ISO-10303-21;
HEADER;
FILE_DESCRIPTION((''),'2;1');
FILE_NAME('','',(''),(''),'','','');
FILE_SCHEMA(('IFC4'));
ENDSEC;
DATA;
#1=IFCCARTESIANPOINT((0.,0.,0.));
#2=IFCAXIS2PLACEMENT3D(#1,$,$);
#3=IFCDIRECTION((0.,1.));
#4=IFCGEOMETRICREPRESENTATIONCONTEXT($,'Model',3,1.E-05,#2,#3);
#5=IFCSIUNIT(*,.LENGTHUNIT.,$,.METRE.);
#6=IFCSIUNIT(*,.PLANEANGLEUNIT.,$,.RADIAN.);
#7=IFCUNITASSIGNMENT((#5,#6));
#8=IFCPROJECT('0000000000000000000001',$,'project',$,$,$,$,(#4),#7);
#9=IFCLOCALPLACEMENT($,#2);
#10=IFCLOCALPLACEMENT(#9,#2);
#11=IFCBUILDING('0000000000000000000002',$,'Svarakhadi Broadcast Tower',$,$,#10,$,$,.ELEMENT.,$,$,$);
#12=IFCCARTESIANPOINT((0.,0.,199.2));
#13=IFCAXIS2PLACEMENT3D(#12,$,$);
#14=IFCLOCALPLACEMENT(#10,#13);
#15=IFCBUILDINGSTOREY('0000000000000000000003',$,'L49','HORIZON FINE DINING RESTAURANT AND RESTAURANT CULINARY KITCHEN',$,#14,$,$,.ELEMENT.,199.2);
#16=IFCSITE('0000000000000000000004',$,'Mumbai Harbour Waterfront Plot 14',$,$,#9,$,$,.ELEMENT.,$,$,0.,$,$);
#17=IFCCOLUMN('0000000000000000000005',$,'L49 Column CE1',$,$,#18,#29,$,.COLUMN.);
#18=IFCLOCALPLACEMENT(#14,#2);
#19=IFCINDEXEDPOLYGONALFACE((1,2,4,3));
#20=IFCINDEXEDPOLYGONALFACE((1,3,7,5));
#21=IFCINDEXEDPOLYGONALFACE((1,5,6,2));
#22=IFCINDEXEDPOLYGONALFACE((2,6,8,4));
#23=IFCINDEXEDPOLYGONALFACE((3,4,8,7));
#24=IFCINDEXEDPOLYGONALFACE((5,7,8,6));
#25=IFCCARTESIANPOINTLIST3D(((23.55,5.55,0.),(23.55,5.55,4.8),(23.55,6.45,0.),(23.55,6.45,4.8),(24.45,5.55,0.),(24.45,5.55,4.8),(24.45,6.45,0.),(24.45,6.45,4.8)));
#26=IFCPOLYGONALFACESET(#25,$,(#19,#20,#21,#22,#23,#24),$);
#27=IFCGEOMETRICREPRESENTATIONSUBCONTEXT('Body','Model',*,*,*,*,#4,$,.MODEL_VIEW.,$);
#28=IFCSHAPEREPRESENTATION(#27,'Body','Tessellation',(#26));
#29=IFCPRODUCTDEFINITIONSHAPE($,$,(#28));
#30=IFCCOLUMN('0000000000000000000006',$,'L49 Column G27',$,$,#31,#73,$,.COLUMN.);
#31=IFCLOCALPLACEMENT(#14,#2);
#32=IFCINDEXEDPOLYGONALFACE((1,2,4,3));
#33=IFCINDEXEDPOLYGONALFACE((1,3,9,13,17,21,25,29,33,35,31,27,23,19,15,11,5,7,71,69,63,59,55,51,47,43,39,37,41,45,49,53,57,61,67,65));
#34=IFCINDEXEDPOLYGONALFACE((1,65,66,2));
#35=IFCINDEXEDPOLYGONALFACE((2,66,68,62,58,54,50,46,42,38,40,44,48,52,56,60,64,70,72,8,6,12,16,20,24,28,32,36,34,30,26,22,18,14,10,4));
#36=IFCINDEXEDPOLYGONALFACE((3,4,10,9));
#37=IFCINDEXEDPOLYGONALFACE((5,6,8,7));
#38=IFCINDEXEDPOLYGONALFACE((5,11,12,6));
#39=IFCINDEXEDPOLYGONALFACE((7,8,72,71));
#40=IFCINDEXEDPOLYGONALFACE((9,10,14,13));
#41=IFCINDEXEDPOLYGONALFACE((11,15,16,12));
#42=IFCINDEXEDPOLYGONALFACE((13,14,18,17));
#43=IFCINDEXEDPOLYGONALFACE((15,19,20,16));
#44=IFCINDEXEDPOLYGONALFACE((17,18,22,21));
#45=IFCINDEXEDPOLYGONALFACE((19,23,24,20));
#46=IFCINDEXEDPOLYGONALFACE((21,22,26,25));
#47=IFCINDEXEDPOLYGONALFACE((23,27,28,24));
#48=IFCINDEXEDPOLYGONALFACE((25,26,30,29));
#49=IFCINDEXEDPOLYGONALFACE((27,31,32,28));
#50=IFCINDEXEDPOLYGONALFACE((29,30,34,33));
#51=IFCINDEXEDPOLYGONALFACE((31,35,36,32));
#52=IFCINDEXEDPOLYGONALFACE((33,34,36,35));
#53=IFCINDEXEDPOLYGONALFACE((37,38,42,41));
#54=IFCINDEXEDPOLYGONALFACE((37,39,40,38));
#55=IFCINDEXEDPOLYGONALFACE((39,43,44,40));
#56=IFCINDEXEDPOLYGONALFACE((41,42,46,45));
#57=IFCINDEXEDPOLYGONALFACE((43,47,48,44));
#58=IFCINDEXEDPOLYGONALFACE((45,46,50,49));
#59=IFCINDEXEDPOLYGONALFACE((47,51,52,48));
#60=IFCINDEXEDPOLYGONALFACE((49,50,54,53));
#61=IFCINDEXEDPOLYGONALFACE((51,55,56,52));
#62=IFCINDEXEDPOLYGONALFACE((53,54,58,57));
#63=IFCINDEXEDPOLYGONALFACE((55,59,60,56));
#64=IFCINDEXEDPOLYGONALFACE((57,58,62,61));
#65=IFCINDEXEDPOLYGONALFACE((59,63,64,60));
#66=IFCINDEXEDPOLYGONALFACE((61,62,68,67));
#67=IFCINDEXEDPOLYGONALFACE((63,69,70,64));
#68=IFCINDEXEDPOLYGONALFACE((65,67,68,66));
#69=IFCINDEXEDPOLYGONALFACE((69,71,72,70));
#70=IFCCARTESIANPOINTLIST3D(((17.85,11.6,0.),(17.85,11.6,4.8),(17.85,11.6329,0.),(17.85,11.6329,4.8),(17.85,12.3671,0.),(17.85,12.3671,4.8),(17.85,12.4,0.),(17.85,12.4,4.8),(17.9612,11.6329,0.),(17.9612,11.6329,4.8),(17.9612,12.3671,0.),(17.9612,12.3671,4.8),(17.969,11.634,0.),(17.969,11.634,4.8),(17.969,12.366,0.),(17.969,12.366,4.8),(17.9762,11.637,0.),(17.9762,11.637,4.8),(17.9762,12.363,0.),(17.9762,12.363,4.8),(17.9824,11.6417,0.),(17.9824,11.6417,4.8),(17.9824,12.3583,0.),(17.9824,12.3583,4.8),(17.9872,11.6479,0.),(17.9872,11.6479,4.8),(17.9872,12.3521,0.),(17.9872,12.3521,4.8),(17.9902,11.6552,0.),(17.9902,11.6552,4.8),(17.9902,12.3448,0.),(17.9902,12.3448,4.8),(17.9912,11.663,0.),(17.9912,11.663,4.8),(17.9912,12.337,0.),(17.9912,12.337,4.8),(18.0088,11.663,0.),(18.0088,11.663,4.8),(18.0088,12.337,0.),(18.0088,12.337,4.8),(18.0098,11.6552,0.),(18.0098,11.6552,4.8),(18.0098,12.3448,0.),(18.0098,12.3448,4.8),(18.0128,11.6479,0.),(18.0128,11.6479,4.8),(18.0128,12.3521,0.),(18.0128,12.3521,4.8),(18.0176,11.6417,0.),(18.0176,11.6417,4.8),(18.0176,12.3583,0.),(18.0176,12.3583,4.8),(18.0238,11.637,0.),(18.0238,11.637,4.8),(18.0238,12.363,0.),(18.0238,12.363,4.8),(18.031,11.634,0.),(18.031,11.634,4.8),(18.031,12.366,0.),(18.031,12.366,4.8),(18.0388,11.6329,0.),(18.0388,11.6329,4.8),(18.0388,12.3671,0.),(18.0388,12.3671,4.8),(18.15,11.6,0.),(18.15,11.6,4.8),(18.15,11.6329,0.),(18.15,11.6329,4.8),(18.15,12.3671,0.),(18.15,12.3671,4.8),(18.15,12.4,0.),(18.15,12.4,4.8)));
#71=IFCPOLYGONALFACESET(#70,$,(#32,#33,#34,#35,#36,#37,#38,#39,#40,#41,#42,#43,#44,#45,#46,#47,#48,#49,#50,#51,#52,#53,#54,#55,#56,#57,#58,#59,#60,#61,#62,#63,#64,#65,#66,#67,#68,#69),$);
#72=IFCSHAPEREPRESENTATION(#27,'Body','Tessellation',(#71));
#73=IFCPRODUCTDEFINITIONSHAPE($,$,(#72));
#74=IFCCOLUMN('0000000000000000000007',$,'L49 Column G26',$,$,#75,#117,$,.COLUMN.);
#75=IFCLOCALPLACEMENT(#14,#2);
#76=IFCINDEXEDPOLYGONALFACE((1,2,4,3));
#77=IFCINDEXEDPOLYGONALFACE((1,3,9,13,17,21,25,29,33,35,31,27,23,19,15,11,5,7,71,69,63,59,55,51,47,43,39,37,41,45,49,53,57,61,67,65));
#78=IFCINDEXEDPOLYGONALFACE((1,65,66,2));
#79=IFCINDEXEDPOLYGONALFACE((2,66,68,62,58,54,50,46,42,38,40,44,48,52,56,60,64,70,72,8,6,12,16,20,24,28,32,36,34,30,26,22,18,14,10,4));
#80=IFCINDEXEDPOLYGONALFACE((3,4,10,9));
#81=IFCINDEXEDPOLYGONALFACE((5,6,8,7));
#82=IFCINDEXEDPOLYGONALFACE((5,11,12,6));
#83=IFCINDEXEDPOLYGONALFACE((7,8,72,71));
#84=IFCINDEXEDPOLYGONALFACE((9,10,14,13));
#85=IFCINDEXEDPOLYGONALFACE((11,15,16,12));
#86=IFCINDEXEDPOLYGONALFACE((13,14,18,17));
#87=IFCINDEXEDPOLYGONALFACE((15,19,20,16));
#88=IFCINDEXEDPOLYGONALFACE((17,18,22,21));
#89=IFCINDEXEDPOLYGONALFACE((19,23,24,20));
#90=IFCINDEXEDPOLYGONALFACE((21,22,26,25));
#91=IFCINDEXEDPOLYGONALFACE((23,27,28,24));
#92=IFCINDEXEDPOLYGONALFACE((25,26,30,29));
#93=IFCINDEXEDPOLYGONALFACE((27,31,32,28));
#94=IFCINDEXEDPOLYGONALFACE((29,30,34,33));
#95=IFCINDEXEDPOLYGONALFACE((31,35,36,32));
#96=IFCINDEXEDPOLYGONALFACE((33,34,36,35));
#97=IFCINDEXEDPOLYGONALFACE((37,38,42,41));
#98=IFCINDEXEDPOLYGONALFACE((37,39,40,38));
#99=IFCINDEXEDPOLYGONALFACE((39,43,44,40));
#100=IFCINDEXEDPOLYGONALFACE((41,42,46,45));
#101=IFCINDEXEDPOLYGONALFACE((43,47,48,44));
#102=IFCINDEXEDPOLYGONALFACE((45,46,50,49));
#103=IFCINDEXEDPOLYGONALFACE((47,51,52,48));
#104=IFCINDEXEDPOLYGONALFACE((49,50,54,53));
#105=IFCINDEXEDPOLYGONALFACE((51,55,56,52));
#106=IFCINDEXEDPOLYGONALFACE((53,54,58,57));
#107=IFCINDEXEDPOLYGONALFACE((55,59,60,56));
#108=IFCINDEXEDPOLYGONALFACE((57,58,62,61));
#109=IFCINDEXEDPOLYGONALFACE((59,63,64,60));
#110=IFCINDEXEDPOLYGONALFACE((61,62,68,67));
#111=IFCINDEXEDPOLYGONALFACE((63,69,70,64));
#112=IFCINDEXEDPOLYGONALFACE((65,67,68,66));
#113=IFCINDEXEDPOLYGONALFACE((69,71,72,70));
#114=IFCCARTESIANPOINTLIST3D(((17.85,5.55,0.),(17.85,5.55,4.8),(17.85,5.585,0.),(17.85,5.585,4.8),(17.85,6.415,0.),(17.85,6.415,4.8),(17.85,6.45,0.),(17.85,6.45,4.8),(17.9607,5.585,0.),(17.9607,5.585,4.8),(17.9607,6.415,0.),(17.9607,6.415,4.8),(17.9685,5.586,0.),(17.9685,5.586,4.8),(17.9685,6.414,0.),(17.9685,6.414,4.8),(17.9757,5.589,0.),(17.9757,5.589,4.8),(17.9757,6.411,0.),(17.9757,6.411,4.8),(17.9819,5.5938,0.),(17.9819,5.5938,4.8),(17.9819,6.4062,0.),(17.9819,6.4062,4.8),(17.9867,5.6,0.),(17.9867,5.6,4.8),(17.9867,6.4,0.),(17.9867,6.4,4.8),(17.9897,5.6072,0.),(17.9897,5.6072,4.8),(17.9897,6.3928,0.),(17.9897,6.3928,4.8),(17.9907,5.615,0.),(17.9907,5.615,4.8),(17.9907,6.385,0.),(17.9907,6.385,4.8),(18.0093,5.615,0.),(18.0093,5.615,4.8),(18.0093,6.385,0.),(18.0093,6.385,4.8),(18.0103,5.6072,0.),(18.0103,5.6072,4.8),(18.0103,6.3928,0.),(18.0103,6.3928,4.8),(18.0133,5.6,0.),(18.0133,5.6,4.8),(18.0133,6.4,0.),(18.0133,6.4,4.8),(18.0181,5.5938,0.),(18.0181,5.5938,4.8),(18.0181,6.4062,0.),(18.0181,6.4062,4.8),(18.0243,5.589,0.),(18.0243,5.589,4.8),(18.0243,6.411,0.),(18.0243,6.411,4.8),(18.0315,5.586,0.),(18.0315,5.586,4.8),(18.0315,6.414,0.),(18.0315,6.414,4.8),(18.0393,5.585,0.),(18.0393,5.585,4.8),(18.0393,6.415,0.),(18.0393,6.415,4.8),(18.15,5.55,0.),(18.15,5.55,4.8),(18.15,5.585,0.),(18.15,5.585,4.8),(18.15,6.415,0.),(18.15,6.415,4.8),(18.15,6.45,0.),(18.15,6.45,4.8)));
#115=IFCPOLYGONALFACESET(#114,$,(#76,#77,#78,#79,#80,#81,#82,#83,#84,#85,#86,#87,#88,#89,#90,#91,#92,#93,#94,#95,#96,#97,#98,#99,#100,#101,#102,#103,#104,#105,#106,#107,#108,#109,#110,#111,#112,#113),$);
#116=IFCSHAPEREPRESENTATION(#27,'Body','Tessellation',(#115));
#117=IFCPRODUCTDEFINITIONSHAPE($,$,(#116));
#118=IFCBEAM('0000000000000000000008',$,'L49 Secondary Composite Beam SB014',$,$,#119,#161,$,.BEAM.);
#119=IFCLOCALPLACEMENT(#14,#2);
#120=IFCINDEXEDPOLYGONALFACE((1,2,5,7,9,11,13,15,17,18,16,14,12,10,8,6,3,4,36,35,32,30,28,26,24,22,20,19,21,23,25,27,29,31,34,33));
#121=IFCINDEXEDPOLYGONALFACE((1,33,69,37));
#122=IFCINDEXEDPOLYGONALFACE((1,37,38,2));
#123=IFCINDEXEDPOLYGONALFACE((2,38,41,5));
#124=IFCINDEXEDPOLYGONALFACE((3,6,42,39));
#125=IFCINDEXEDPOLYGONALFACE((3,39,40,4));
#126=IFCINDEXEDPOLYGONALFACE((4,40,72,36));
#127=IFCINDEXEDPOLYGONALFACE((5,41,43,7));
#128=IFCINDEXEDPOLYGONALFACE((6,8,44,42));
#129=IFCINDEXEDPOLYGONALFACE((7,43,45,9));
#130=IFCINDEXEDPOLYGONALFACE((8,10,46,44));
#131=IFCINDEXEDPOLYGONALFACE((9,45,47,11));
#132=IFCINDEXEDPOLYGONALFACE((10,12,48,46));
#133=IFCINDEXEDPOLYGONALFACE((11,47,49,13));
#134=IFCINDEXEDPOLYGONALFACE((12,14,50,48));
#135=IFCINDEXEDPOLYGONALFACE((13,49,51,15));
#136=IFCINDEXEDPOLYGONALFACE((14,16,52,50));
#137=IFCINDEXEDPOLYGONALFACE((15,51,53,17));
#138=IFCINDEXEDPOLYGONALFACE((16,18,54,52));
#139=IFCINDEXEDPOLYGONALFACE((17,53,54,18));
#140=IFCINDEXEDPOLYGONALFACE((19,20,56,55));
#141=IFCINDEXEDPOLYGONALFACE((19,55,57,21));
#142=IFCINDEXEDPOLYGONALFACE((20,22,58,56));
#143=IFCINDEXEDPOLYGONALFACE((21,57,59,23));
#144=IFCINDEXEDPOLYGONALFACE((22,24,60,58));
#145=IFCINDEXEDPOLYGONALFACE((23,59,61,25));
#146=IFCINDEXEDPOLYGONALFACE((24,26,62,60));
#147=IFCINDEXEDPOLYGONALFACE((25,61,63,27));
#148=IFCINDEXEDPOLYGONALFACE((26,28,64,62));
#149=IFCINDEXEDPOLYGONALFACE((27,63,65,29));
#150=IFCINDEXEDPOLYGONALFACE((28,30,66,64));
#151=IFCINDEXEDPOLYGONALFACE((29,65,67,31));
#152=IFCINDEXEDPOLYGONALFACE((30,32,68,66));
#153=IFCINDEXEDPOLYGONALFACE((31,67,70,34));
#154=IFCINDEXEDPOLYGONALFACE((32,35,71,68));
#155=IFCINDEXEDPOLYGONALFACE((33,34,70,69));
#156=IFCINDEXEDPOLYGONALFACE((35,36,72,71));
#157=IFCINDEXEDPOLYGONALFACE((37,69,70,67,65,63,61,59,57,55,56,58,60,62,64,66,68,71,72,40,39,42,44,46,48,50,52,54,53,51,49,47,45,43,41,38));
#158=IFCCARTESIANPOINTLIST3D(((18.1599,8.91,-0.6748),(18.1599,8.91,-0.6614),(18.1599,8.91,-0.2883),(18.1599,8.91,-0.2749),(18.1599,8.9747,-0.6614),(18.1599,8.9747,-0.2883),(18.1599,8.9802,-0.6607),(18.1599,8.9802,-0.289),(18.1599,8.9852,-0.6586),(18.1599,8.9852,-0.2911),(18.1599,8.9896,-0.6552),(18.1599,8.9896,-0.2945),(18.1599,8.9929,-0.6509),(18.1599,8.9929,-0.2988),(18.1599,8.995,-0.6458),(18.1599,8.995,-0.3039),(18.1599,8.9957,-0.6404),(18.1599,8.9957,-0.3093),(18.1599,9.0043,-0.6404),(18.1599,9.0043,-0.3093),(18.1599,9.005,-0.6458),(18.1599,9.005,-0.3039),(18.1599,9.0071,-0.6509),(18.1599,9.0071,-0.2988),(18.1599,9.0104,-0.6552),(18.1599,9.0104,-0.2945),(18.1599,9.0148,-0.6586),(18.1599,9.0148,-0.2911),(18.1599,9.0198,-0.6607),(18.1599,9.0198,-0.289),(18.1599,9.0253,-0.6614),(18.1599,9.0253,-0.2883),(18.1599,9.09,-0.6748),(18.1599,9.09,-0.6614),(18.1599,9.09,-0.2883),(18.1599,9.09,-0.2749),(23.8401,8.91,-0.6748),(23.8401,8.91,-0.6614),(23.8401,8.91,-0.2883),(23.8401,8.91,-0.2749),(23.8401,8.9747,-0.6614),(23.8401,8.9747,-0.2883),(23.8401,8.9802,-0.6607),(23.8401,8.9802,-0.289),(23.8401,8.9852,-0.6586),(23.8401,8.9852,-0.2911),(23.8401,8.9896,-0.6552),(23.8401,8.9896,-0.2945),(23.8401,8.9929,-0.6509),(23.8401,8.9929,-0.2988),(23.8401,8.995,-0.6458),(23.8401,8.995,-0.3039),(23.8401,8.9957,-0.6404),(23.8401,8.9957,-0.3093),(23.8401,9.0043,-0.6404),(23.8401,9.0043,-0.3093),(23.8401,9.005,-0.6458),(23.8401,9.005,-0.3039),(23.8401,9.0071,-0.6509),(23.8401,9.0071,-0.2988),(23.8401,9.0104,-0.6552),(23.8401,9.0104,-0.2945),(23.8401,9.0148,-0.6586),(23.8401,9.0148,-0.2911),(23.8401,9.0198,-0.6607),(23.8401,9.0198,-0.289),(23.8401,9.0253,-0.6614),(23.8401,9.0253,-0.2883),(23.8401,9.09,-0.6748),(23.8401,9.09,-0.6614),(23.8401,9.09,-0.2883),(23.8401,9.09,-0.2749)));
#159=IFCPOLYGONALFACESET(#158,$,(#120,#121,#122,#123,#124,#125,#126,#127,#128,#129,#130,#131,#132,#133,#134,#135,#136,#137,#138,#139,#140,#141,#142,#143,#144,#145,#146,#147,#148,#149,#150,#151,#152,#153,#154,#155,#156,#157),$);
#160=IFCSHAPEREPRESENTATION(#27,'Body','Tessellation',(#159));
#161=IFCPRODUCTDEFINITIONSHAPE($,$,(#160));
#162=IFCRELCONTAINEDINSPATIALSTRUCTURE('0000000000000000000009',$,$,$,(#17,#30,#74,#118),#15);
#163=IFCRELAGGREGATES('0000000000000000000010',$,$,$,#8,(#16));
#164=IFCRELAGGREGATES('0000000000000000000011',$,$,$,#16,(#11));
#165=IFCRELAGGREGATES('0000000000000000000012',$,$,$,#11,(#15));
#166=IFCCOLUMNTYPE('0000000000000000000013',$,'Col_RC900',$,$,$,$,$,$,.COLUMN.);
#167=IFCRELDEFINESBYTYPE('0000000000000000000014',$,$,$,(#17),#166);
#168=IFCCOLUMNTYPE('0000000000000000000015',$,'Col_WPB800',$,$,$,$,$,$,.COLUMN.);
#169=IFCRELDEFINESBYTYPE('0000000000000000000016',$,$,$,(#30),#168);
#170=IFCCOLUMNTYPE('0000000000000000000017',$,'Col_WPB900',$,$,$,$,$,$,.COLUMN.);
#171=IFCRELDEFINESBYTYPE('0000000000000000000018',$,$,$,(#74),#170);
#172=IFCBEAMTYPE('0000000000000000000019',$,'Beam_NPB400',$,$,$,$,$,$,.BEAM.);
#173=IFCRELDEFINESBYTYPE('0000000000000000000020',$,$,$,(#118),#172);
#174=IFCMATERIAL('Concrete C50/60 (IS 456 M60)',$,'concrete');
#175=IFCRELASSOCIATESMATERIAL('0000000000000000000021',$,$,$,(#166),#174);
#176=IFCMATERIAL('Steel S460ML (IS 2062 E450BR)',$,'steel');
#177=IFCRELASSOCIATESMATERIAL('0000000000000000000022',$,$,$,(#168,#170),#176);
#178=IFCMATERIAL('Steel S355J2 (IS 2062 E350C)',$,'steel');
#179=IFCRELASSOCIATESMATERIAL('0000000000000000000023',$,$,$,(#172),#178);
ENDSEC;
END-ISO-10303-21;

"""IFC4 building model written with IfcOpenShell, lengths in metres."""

from ifc_helpers import new_model, si_unit, direction, frame, origin, origin_2d, place, context, subcontext, project, spatial, rectangle, i_section, extrude, material, material_profile, profile_set, type_object, element, save


model = new_model("IFC4")

# Units and contexts
model_context = context("Model", 3, precision=1e-05, world=origin(), true_north=direction((0.0, 1.0)))
body_context = subcontext(model_context, "Body", "Model", "MODEL_VIEW")
ifc_project = project(units=[si_unit("LENGTHUNIT", "METRE"), si_unit("PLANEANGLEUNIT", "RADIAN")], contexts=[model_context])

# Site, building, storey
site_placement = place(None, origin())
site = spatial("IfcSite", under=ifc_project, at=site_placement, Name="Mumbai Harbour Waterfront Plot 14", CompositionType="ELEMENT", RefElevation=0.0)
building_placement = place(site_placement, origin())
building = spatial("IfcBuilding", under=site, at=building_placement, Name="Svarakhadi Broadcast Tower", CompositionType="ELEMENT")
storey_placement = place(building_placement, frame((0.0, 0.0, 199.2)))
storey = spatial("IfcBuildingStorey", under=building, at=storey_placement, Name="L49", Description="HORIZON FINE DINING RESTAURANT AND RESTAURANT CULINARY KITCHEN", CompositionType="ELEMENT", Elevation=199.2)

# Columns
ifc_material_1 = material(Name="Concrete C50/60 (IS 456 M60)", Category="concrete")
ifc_material_profile_1 = material_profile(ifc_material_1, rectangle(XDim=0.8999, YDim=0.8999, at=origin_2d()), Name="RC 900x900")
ifc_profile_set_1 = profile_set([ifc_material_profile_1], Name="Concrete C50/60 (IS 456 M60)")
column_type_1 = type_object("IfcColumnType", Name="Col_RC900", PredefinedType="COLUMN", material=ifc_profile_set_1)
column_1_placement = place(storey_placement, frame((24.0, 6.0, 0.0), z_axis=(0.0, 0.0, 1.0), x_axis=(1.0, 0.0, 0.0)))
element("IfcColumn", 1, at=column_1_placement, inside=storey, type_object=column_type_1, Name="L49 Column CE1", PredefinedType="COLUMN", context=body_context, shape_type="SweptSolid", body=[
    extrude(rectangle(XDim=0.8999, YDim=0.8999, at=origin_2d()), origin(), (0.0, 0.0, 1.0), 4.8),
])
ifc_material_2 = material(Name="Steel S460ML (IS 2062 E450BR)", Category="steel")
ifc_material_profile_2 = material_profile(ifc_material_2, i_section(OverallWidth=0.3, OverallDepth=0.8, WebThickness=0.0176, FlangeThickness=0.033, FilletRadius=0.03, at=origin_2d()), Name="WPB 800x300x262")
ifc_profile_set_2 = profile_set([ifc_material_profile_2], Name="Steel S460ML (IS 2062 E450BR)")
column_type_2 = type_object("IfcColumnType", Name="Col_WPB800", PredefinedType="COLUMN", material=ifc_profile_set_2)
column_2_placement = place(storey_placement, frame((18.0, 12.0, 0.0), z_axis=(0.0, 0.0, 1.0), x_axis=(1.0, 0.0, 0.0)))
element("IfcColumn", 2, at=column_2_placement, inside=storey, type_object=column_type_2, Name="L49 Column G27", PredefinedType="COLUMN", context=body_context, shape_type="SweptSolid", body=[
    extrude(i_section(OverallWidth=0.3, OverallDepth=0.8, WebThickness=0.0176, FlangeThickness=0.033, FilletRadius=0.03, at=origin_2d()), origin(), (0.0, 0.0, 1.0), 4.8),
])
ifc_material_profile_3 = material_profile(ifc_material_2, i_section(OverallWidth=0.3, OverallDepth=0.8999, WebThickness=0.0186, FlangeThickness=0.0349, FilletRadius=0.03, at=origin_2d()), Name="WPB 900x300x291")
ifc_profile_set_3 = profile_set([ifc_material_profile_3], Name="Steel S460ML (IS 2062 E450BR)")
column_type_3 = type_object("IfcColumnType", Name="Col_WPB900", PredefinedType="COLUMN", material=ifc_profile_set_3)
column_3_placement = place(storey_placement, frame((18.0, 6.0, 0.0), z_axis=(0.0, 0.0, 1.0), x_axis=(1.0, 0.0, 0.0)))
element("IfcColumn", 3, at=column_3_placement, inside=storey, type_object=column_type_3, Name="L49 Column G26", PredefinedType="COLUMN", context=body_context, shape_type="SweptSolid", body=[
    extrude(i_section(OverallWidth=0.3, OverallDepth=0.8999, WebThickness=0.0186, FlangeThickness=0.0349, FilletRadius=0.03, at=origin_2d()), origin(), (0.0, 0.0, 1.0), 4.8),
])

# Beam
ifc_material_3 = material(Name="Steel S355J2 (IS 2062 E350C)", Category="steel")
ifc_material_profile_4 = material_profile(ifc_material_3, i_section(OverallWidth=0.1799, OverallDepth=0.3999, WebThickness=0.0085, FlangeThickness=0.0134, FilletRadius=0.021, at=origin_2d()), Name="NPB 400x180x66")
ifc_profile_set_4 = profile_set([ifc_material_profile_4], Name="Steel S355J2 (IS 2062 E350C)")
beam_type_1 = type_object("IfcBeamType", Name="Beam_NPB400", PredefinedType="BEAM", material=ifc_profile_set_4)
beam_placement = place(storey_placement, frame((18.1599, 9.0, -0.4749), z_axis=(1.0, 0.0, 0.0), x_axis=(0.0, 1.0, 0.0)))
element("IfcBeam", 4, at=beam_placement, inside=storey, type_object=beam_type_1, Name="L49 Secondary Composite Beam SB014", PredefinedType="BEAM", context=body_context, shape_type="SweptSolid", body=[
    extrude(i_section(OverallWidth=0.1799, OverallDepth=0.3999, WebThickness=0.0085, FlangeThickness=0.0134, FilletRadius=0.021, at=origin_2d()), origin(), (0.0, 0.0, 1.0), 5.6802),
])

save(model, "model.ifc")
